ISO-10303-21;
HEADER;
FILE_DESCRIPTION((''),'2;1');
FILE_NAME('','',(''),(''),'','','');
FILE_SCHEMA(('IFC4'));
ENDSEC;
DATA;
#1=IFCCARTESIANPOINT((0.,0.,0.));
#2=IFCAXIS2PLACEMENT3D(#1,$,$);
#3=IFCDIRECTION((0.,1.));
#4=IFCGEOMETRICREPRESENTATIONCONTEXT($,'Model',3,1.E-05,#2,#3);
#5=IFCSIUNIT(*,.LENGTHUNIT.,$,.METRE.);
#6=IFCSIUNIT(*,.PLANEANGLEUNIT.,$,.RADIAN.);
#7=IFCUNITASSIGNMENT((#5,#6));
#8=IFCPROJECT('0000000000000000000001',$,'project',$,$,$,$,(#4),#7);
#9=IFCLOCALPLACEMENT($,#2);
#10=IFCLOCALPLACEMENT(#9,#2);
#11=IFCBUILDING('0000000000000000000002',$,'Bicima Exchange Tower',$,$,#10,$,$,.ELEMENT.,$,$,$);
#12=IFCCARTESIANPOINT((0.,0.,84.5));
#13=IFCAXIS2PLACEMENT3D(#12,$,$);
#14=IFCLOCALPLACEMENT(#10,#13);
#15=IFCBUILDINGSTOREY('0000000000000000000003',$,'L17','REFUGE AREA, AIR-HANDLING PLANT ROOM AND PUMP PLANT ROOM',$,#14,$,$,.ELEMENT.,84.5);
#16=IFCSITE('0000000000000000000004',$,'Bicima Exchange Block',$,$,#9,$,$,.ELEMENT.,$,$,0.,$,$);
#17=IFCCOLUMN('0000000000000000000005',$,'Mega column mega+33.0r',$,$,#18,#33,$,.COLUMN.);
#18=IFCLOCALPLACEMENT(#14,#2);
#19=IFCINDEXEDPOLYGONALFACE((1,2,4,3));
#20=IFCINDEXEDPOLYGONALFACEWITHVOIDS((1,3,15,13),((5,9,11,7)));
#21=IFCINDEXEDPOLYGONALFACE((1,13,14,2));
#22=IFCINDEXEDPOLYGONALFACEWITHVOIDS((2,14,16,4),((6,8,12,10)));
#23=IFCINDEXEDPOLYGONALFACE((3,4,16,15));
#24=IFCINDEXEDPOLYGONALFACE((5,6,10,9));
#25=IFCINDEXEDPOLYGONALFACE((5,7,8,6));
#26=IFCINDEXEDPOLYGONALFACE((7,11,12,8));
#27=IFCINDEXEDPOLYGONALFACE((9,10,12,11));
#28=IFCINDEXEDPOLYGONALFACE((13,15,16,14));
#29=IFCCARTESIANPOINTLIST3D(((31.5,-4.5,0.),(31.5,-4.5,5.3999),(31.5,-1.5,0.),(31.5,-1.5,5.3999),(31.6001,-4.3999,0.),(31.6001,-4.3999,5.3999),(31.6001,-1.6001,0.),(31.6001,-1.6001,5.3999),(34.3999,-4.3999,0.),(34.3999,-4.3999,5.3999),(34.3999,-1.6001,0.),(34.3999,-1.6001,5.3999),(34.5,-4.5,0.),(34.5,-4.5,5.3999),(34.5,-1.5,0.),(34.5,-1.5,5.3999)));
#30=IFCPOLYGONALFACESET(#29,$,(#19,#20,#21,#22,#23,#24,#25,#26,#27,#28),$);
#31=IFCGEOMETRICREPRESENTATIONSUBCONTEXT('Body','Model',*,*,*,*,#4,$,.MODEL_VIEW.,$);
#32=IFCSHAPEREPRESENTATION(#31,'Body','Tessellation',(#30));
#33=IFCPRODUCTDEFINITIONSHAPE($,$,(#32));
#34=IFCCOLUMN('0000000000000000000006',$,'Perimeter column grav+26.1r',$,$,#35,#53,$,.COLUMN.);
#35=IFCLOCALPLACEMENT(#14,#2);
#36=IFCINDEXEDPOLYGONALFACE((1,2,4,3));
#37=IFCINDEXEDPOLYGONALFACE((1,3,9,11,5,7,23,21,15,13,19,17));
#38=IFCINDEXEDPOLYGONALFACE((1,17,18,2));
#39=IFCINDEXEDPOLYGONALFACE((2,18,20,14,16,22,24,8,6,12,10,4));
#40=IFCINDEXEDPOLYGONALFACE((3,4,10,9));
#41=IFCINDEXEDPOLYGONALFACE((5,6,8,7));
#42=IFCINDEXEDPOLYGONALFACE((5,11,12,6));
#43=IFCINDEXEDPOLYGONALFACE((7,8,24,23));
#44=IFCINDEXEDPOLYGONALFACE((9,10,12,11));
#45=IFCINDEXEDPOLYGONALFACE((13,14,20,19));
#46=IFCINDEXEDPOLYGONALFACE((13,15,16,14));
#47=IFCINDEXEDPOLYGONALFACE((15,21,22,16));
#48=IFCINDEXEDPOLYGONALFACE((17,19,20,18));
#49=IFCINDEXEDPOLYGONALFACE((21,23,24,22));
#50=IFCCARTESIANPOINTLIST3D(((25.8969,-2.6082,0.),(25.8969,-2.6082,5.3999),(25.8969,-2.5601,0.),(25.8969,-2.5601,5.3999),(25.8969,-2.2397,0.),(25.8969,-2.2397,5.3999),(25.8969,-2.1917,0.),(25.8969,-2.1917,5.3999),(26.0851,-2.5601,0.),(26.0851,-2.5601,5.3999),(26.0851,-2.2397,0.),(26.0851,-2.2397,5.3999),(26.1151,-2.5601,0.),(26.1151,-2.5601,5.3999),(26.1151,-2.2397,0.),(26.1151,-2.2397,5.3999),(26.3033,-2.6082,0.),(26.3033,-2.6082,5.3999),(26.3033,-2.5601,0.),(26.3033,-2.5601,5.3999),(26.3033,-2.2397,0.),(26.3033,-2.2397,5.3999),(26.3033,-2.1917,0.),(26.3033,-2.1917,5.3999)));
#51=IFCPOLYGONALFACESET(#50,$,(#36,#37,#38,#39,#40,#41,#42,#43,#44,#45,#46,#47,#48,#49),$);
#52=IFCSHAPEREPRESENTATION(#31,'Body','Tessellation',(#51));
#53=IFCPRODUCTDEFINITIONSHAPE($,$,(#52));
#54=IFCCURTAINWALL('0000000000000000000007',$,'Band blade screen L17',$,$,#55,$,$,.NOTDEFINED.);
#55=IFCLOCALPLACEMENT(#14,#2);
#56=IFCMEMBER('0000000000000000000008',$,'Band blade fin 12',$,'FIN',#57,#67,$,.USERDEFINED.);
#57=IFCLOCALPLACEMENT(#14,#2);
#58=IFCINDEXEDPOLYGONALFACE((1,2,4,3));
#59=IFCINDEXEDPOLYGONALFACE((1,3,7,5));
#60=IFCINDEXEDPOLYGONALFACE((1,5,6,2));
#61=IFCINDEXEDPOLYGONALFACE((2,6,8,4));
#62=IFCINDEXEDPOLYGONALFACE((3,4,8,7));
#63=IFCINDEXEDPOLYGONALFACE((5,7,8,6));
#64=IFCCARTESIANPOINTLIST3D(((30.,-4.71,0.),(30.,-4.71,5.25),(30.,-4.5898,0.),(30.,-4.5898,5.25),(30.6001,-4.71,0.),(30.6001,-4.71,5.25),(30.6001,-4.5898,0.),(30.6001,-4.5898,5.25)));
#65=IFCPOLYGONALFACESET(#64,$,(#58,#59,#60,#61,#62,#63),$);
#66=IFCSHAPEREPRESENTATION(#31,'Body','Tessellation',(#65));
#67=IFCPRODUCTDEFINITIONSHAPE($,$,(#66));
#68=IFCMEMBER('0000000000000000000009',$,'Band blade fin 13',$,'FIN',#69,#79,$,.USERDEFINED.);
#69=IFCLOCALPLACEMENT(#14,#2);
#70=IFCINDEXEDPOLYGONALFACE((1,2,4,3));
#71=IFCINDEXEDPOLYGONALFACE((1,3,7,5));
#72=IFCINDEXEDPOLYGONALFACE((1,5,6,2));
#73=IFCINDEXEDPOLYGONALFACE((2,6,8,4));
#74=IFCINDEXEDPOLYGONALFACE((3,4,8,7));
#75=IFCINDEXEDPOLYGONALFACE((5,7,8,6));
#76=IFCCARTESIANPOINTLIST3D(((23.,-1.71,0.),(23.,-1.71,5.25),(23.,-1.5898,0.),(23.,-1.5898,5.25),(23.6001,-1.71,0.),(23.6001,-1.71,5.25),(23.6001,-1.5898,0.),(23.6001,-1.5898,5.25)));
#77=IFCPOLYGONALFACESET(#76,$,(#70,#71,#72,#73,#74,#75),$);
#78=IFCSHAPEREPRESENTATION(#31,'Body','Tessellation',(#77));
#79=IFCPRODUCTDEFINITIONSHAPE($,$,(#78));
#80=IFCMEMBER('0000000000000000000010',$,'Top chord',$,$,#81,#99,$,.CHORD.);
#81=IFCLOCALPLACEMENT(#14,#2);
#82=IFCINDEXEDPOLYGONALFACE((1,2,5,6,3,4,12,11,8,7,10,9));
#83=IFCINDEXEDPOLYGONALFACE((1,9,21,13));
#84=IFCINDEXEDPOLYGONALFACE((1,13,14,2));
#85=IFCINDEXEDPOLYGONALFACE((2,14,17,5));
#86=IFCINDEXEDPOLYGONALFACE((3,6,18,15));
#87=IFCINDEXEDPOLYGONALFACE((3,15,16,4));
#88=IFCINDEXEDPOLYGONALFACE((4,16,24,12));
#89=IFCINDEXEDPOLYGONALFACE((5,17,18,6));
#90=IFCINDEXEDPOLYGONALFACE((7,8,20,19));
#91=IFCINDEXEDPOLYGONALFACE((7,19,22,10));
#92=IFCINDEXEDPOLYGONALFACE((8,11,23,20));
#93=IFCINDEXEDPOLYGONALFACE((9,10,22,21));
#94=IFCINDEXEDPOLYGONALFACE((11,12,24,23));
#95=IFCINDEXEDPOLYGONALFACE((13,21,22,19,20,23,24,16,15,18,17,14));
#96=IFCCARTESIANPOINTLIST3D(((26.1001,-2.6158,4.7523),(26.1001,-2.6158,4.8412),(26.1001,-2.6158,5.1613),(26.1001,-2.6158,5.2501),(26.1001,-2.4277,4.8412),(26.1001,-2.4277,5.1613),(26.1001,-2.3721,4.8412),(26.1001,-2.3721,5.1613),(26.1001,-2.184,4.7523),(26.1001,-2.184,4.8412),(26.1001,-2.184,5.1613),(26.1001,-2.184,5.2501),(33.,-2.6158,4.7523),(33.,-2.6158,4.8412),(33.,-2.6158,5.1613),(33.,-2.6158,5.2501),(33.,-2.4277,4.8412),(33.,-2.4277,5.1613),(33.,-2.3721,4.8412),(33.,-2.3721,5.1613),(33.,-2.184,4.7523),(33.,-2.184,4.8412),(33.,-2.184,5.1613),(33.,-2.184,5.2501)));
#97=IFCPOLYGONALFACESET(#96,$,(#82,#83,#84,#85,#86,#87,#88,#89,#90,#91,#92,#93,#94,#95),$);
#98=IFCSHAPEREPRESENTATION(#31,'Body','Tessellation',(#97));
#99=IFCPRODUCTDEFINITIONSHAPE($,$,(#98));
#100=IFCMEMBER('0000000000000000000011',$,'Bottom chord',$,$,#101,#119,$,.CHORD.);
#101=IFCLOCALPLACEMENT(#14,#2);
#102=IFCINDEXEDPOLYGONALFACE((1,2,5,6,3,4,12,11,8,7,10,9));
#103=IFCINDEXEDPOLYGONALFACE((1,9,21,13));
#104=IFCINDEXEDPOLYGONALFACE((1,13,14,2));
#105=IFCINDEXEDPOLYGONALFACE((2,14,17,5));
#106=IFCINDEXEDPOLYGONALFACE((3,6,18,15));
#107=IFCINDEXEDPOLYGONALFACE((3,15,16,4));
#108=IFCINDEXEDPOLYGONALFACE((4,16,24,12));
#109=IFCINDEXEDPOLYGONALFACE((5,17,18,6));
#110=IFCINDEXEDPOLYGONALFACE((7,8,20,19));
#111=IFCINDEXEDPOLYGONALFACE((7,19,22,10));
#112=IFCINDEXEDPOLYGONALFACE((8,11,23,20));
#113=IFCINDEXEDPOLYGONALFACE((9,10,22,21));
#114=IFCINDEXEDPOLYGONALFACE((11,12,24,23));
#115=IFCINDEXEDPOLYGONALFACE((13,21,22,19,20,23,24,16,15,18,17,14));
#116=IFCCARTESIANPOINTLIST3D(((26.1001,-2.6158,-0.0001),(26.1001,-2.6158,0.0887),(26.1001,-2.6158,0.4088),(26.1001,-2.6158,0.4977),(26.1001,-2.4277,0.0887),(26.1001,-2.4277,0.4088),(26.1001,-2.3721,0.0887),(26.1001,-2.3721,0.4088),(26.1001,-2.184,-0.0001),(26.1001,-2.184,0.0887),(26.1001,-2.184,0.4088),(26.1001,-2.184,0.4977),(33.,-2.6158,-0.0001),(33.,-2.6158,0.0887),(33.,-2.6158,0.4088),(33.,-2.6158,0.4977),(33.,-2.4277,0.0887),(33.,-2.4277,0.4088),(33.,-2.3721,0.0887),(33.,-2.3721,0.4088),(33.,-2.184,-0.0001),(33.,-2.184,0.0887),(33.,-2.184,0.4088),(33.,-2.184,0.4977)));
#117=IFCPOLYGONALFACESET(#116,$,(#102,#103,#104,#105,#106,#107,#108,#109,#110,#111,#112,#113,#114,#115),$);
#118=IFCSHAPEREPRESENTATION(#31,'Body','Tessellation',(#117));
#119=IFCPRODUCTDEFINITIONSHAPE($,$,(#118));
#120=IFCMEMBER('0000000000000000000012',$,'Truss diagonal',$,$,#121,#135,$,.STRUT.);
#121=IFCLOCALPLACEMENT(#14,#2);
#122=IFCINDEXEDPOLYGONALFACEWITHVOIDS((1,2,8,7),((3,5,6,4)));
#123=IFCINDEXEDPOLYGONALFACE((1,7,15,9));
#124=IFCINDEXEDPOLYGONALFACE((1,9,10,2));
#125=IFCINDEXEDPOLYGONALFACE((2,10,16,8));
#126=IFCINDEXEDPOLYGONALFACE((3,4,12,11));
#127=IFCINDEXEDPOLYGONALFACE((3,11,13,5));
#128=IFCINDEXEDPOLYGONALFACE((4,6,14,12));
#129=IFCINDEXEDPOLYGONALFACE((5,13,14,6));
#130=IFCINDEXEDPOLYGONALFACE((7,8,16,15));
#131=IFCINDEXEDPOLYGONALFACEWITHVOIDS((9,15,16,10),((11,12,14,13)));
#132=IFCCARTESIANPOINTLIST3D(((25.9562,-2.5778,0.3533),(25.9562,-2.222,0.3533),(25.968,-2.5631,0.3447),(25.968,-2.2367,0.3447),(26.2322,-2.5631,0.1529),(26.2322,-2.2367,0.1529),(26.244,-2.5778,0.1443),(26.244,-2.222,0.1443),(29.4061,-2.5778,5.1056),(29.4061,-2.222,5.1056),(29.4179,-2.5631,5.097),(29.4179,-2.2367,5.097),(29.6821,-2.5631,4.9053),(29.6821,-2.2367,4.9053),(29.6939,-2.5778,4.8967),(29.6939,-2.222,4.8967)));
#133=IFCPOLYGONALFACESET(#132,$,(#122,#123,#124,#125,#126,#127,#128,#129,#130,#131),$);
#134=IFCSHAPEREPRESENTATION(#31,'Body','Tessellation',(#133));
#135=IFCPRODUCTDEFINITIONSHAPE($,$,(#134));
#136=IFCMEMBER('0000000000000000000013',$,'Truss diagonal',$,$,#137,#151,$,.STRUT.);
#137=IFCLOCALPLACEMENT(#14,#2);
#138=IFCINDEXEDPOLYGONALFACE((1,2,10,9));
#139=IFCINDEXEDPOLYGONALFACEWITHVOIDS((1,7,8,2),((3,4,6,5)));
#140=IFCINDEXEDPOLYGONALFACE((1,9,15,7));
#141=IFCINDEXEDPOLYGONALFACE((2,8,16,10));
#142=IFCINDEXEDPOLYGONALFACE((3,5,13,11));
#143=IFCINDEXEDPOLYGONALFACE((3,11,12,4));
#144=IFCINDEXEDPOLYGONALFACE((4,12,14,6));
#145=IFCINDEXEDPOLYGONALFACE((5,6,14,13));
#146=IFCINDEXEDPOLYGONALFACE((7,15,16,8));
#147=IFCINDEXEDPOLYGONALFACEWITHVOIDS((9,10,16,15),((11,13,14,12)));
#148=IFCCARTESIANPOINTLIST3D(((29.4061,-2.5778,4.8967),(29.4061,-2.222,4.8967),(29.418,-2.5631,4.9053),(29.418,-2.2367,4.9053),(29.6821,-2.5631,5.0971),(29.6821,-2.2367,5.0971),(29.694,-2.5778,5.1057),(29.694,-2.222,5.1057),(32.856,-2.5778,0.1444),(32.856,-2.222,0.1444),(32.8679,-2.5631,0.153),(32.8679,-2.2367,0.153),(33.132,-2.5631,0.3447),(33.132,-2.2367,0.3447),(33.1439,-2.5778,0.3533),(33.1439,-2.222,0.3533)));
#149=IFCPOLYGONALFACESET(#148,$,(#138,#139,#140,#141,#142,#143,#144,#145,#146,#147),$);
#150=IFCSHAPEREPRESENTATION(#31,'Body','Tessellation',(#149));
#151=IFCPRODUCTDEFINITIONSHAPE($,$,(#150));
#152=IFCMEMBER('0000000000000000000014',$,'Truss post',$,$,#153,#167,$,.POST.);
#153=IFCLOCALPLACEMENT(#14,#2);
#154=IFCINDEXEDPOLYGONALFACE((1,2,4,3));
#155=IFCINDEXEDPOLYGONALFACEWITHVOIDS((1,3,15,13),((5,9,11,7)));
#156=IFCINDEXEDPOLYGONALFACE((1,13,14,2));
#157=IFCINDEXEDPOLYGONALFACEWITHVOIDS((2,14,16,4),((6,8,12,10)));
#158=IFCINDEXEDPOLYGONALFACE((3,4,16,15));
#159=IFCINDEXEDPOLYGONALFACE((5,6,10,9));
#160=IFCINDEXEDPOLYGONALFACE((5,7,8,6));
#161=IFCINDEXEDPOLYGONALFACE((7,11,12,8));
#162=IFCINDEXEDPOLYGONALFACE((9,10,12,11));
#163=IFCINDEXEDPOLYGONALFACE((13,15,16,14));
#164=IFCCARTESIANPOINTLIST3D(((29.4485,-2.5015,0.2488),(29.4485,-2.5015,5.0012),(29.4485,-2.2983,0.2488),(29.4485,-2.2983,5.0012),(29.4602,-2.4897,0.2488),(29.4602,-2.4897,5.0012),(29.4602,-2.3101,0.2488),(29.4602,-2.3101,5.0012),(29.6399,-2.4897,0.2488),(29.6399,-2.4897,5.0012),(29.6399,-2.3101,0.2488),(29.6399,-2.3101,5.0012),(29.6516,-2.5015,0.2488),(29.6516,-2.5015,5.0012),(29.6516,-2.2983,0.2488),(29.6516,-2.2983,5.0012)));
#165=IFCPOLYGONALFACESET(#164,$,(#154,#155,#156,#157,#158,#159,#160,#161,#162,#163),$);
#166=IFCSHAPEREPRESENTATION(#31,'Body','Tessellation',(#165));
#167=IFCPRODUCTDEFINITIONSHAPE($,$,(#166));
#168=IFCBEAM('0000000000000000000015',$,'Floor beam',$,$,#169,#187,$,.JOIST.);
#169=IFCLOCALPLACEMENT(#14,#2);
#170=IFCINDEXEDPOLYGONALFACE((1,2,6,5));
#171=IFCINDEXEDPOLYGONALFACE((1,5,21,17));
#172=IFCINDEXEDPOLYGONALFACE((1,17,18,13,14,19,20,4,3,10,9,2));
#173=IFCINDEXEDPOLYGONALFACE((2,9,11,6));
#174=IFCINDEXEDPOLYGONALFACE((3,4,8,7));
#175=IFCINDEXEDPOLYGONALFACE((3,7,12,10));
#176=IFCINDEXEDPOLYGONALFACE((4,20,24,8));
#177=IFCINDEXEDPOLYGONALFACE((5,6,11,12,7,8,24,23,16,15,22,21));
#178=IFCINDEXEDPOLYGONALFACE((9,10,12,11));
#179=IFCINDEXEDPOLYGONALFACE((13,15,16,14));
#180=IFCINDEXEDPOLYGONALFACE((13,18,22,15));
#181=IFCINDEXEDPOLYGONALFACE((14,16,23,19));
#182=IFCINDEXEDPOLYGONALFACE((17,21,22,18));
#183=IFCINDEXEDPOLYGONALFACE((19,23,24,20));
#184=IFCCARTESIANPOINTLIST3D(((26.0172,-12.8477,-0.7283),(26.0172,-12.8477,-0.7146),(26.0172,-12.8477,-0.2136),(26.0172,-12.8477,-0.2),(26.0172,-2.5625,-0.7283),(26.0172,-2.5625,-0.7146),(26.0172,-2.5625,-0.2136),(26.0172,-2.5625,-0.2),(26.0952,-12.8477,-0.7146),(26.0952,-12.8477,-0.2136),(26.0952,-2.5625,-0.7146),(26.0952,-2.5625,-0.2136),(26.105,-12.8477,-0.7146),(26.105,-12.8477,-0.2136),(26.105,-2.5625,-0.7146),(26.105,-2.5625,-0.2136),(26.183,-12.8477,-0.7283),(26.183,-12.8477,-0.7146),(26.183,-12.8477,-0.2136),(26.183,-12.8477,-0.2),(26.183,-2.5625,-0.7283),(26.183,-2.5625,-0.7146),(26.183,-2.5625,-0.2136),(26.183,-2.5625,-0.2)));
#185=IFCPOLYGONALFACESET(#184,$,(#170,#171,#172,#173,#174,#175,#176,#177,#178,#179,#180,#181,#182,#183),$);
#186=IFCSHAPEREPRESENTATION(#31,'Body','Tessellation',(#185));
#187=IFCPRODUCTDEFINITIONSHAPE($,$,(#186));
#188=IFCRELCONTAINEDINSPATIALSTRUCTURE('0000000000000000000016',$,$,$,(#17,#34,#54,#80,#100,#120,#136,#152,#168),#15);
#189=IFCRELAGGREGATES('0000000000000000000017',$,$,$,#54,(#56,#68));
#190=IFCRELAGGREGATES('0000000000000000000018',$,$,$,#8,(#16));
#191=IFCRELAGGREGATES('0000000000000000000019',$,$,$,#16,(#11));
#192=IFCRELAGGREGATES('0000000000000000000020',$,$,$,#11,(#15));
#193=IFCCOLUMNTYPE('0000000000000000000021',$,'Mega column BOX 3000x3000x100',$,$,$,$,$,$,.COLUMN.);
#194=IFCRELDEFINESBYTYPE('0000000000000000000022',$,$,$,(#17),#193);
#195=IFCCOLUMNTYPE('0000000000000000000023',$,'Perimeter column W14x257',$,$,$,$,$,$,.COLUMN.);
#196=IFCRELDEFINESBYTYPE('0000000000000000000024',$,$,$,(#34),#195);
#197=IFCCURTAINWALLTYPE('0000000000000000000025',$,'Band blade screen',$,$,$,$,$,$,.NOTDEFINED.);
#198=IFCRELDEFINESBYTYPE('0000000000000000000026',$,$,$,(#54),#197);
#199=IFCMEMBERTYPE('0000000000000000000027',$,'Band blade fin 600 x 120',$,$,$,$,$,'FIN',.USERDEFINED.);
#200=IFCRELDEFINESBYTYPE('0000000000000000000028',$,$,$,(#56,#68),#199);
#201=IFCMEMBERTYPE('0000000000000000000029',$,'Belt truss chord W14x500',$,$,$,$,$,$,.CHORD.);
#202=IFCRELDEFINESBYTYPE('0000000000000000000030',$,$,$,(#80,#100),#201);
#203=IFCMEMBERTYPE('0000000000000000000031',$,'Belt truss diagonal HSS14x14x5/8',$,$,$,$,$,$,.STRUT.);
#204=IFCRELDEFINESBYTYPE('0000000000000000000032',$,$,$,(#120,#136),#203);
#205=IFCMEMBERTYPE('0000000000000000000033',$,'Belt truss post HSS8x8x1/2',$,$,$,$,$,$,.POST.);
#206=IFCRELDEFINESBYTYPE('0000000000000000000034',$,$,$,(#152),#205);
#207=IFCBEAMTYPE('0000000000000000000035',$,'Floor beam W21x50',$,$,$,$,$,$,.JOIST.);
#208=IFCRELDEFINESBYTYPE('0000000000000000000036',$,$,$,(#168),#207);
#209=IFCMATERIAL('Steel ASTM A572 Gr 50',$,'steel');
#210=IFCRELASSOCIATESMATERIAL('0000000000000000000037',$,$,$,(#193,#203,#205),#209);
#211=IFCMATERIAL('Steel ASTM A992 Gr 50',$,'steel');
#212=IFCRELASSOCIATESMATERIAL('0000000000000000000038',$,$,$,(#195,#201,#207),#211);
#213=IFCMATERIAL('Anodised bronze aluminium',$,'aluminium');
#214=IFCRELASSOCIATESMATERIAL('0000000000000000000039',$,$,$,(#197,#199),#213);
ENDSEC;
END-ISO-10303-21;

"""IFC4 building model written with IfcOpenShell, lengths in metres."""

from ifc_helpers import new_model, si_unit, direction, frame, origin, origin_2d, place, context, subcontext, project, spatial, rectangle, hollow_rectangle, i_section, extrude, material, material_profile, profile_set, type_object, element, aggregate, save


model = new_model("IFC4")

# Units and contexts
model_context = context("Model", 3, precision=1e-05, world=origin(), true_north=direction((0.0, 1.0)))
body_context = subcontext(model_context, "Body", "Model", "MODEL_VIEW")
ifc_project = project(units=[si_unit("LENGTHUNIT", "METRE"), si_unit("PLANEANGLEUNIT", "RADIAN")], contexts=[model_context])

# Site, building, storey
site_placement = place(None, origin())
site = spatial("IfcSite", under=ifc_project, at=site_placement, Name="Bicima Exchange Block", CompositionType="ELEMENT", RefElevation=0.0)
building_placement = place(site_placement, origin())
building = spatial("IfcBuilding", under=site, at=building_placement, Name="Bicima Exchange Tower", CompositionType="ELEMENT")
storey_placement = place(building_placement, frame((0.0, 0.0, 84.5)))
storey = spatial("IfcBuildingStorey", under=building, at=storey_placement, Name="L17", Description="REFUGE AREA, AIR-HANDLING PLANT ROOM AND PUMP PLANT ROOM", CompositionType="ELEMENT", Elevation=84.5)

# Columns
ifc_material_1 = material(Name="Steel ASTM A572 Gr 50", Category="steel")
ifc_material_profile_1 = material_profile(ifc_material_1, hollow_rectangle(XDim=3.0, YDim=3.0, WallThickness=0.1001, at=origin_2d()))
ifc_profile_set_1 = profile_set([ifc_material_profile_1], Name="Steel ASTM A572 Gr 50")
column_type_1 = type_object("IfcColumnType", Name="Mega column BOX 3000x3000x100", PredefinedType="COLUMN", material=ifc_profile_set_1)
column_1_placement = place(storey_placement, frame((33.0, -3.0, 0.0), z_axis=(0.0, 0.0, 1.0), x_axis=(1.0, 0.0, 0.0)))
element("IfcColumn", 1, at=column_1_placement, inside=storey, type_object=column_type_1, Name="Mega column mega+33.0r", PredefinedType="COLUMN", context=body_context, shape_type="SweptSolid", body=[
    extrude(hollow_rectangle(XDim=3.0, YDim=3.0, WallThickness=0.1001, at=origin_2d()), origin(), (0.0, 0.0, 1.0), 5.3999),
])
ifc_material_2 = material(Name="Steel ASTM A992 Gr 50", Category="steel")
ifc_material_profile_2 = material_profile(ifc_material_2, i_section(OverallWidth=0.4065, OverallDepth=0.4165, WebThickness=0.03, FlangeThickness=0.0481, at=origin_2d()))
ifc_profile_set_2 = profile_set([ifc_material_profile_2], Name="Steel ASTM A992 Gr 50")
column_type_2 = type_object("IfcColumnType", Name="Perimeter column W14x257", PredefinedType="COLUMN", material=ifc_profile_set_2)
column_2_placement = place(storey_placement, frame((26.1001, -2.3999, 0.0), z_axis=(0.0, 0.0, 1.0), x_axis=(1.0, 0.0, 0.0)))
element("IfcColumn", 2, at=column_2_placement, inside=storey, type_object=column_type_2, Name="Perimeter column grav+26.1r", PredefinedType="COLUMN", context=body_context, shape_type="SweptSolid", body=[
    extrude(i_section(OverallWidth=0.4065, OverallDepth=0.4165, WebThickness=0.03, FlangeThickness=0.0481, at=origin_2d()), origin(), (0.0, 0.0, 1.0), 5.3999),
])

# Curtain wall, members
ifc_material_3 = material(Name="Anodised bronze aluminium", Category="aluminium")
curtain_wall_type = type_object("IfcCurtainWallType", Name="Band blade screen", PredefinedType="NOTDEFINED", material=ifc_material_3)
curtain_wall_placement = place(storey_placement, origin())
curtain_wall = element("IfcCurtainWall", 3, at=curtain_wall_placement, inside=storey, type_object=curtain_wall_type, Name="Band blade screen L17", PredefinedType="NOTDEFINED")
ifc_material_profile_3 = material_profile(ifc_material_3, rectangle(XDim=0.6001, YDim=0.1201, at=origin_2d()))
ifc_profile_set_3 = profile_set([ifc_material_profile_3], Name="Anodised bronze aluminium")
member_type_1 = type_object("IfcMemberType", Name="Band blade fin 600 x 120", ElementType="FIN", PredefinedType="USERDEFINED", material=ifc_profile_set_3)
member_1_placement = place(storey_placement, frame((30.3, -4.6499, 0.0), z_axis=(0.0, 0.0, 1.0), x_axis=(-1.0, 0.0, 0.0)))
member_1 = element("IfcMember", 4, at=member_1_placement, type_object=member_type_1, Name="Band blade fin 12", ObjectType="FIN", PredefinedType="USERDEFINED", context=body_context, shape_type="SweptSolid", body=[
    extrude(rectangle(XDim=0.6001, YDim=0.1201, at=origin_2d()), origin(), (0.0, 0.0, 1.0), 5.25),
])
member_2_placement = place(storey_placement, frame((23.3, -1.6499, 0.0), z_axis=(0.0, 0.0, 1.0), x_axis=(-1.0, 0.0, 0.0)))
member_2 = element("IfcMember", 5, at=member_2_placement, type_object=member_type_1, Name="Band blade fin 13", ObjectType="FIN", PredefinedType="USERDEFINED", context=body_context, shape_type="SweptSolid", body=[
    extrude(rectangle(XDim=0.6001, YDim=0.1201, at=origin_2d()), origin(), (0.0, 0.0, 1.0), 5.25),
])
aggregate(curtain_wall, [member_1, member_2])

# Members
ifc_material_profile_4 = material_profile(ifc_material_2, i_section(OverallWidth=0.4319, OverallDepth=0.4978, WebThickness=0.0557, FlangeThickness=0.0889, at=origin_2d()))
ifc_profile_set_4 = profile_set([ifc_material_profile_4], Name="Steel ASTM A992 Gr 50")
member_type_2 = type_object("IfcMemberType", Name="Belt truss chord W14x500", PredefinedType="CHORD", material=ifc_profile_set_4)
for number, where, z_axis, x_axis, name in (
    (6, (26.1001, -2.3999, 5.0012), (1.0, 0.0, 0.0), (0.0, 1.0, 0.0), "Top chord"),
    (7, (26.1001, -2.3999, 0.2488), (1.0, 0.0, 0.0), (0.0, 1.0, 0.0), "Bottom chord"),
):
    element("IfcMember", number, at=place(storey_placement, frame(where, z_axis=z_axis, x_axis=x_axis)), inside=storey, type_object=member_type_2, Name=name, PredefinedType="CHORD", context=body_context, shape_type="SweptSolid", body=[
        extrude(i_section(OverallWidth=0.4319, OverallDepth=0.4978, WebThickness=0.0557, FlangeThickness=0.0889, at=origin_2d()), origin(), (0.0, 0.0, 1.0), 6.8999),
    ])
ifc_material_profile_5 = material_profile(ifc_material_1, hollow_rectangle(XDim=0.3557, YDim=0.3557, WallThickness=0.0146, at=origin_2d()))
ifc_profile_set_5 = profile_set([ifc_material_profile_5], Name="Steel ASTM A572 Gr 50")
member_type_3 = type_object("IfcMemberType", Name="Belt truss diagonal HSS14x14x5/8", PredefinedType="STRUT", material=ifc_profile_set_5)
for number, where, z_axis, x_axis, name in (
    (8, (26.1001, -2.3999, 0.2488), (0.587462, 0.0, 0.809252), (0.0, 1.0, 0.0), "Truss diagonal"),
    (9, (29.55, -2.3999, 5.0012), (0.587462, 0.0, -0.809252), (0.0, 1.0, 0.0), "Truss diagonal"),
):
    element("IfcMember", number, at=place(storey_placement, frame(where, z_axis=z_axis, x_axis=x_axis)), inside=storey, type_object=member_type_3, Name=name, PredefinedType="STRUT", context=body_context, shape_type="SweptSolid", body=[
        extrude(hollow_rectangle(XDim=0.3557, YDim=0.3557, WallThickness=0.0146, at=origin_2d()), origin(), (0.0, 0.0, 1.0), 5.8726),
    ])
ifc_material_profile_6 = material_profile(ifc_material_1, hollow_rectangle(XDim=0.2031, YDim=0.2031, WallThickness=0.0117, at=origin_2d()))
ifc_profile_set_6 = profile_set([ifc_material_profile_6], Name="Steel ASTM A572 Gr 50")
member_type_4 = type_object("IfcMemberType", Name="Belt truss post HSS8x8x1/2", PredefinedType="POST", material=ifc_profile_set_6)
member_3_placement = place(storey_placement, frame((29.55, -2.3999, 0.2488), z_axis=(0.0, 0.0, 1.0), x_axis=(1.0, 0.0, 0.0)))
element("IfcMember", 10, at=member_3_placement, inside=storey, type_object=member_type_4, Name="Truss post", PredefinedType="POST", context=body_context, shape_type="SweptSolid", body=[
    extrude(hollow_rectangle(XDim=0.2031, YDim=0.2031, WallThickness=0.0117, at=origin_2d()), origin(), (0.0, 0.0, 1.0), 4.7524),
])

# Beam
ifc_material_profile_7 = material_profile(ifc_material_2, i_section(OverallWidth=0.1658, OverallDepth=0.5283, WebThickness=0.0098, FlangeThickness=0.0137, at=origin_2d()))
ifc_profile_set_7 = profile_set([ifc_material_profile_7], Name="Steel ASTM A992 Gr 50")
beam_type_1 = type_object("IfcBeamType", Name="Floor beam W21x50", PredefinedType="JOIST", material=ifc_profile_set_7)
beam_1_placement = place(storey_placement, frame((26.1001, -2.5625, -0.4641), z_axis=(0.0, -1.0, 0.0), x_axis=(1.0, 0.0, 0.0)))
element("IfcBeam", 11, at=beam_1_placement, inside=storey, type_object=beam_type_1, Name="Floor beam", PredefinedType="JOIST", context=body_context, shape_type="SweptSolid", body=[
    extrude(i_section(OverallWidth=0.1658, OverallDepth=0.5283, WebThickness=0.0098, FlangeThickness=0.0137, at=origin_2d()), origin(), (0.0, 0.0, 1.0), 10.2852),
])

save(model, "model.ifc")
